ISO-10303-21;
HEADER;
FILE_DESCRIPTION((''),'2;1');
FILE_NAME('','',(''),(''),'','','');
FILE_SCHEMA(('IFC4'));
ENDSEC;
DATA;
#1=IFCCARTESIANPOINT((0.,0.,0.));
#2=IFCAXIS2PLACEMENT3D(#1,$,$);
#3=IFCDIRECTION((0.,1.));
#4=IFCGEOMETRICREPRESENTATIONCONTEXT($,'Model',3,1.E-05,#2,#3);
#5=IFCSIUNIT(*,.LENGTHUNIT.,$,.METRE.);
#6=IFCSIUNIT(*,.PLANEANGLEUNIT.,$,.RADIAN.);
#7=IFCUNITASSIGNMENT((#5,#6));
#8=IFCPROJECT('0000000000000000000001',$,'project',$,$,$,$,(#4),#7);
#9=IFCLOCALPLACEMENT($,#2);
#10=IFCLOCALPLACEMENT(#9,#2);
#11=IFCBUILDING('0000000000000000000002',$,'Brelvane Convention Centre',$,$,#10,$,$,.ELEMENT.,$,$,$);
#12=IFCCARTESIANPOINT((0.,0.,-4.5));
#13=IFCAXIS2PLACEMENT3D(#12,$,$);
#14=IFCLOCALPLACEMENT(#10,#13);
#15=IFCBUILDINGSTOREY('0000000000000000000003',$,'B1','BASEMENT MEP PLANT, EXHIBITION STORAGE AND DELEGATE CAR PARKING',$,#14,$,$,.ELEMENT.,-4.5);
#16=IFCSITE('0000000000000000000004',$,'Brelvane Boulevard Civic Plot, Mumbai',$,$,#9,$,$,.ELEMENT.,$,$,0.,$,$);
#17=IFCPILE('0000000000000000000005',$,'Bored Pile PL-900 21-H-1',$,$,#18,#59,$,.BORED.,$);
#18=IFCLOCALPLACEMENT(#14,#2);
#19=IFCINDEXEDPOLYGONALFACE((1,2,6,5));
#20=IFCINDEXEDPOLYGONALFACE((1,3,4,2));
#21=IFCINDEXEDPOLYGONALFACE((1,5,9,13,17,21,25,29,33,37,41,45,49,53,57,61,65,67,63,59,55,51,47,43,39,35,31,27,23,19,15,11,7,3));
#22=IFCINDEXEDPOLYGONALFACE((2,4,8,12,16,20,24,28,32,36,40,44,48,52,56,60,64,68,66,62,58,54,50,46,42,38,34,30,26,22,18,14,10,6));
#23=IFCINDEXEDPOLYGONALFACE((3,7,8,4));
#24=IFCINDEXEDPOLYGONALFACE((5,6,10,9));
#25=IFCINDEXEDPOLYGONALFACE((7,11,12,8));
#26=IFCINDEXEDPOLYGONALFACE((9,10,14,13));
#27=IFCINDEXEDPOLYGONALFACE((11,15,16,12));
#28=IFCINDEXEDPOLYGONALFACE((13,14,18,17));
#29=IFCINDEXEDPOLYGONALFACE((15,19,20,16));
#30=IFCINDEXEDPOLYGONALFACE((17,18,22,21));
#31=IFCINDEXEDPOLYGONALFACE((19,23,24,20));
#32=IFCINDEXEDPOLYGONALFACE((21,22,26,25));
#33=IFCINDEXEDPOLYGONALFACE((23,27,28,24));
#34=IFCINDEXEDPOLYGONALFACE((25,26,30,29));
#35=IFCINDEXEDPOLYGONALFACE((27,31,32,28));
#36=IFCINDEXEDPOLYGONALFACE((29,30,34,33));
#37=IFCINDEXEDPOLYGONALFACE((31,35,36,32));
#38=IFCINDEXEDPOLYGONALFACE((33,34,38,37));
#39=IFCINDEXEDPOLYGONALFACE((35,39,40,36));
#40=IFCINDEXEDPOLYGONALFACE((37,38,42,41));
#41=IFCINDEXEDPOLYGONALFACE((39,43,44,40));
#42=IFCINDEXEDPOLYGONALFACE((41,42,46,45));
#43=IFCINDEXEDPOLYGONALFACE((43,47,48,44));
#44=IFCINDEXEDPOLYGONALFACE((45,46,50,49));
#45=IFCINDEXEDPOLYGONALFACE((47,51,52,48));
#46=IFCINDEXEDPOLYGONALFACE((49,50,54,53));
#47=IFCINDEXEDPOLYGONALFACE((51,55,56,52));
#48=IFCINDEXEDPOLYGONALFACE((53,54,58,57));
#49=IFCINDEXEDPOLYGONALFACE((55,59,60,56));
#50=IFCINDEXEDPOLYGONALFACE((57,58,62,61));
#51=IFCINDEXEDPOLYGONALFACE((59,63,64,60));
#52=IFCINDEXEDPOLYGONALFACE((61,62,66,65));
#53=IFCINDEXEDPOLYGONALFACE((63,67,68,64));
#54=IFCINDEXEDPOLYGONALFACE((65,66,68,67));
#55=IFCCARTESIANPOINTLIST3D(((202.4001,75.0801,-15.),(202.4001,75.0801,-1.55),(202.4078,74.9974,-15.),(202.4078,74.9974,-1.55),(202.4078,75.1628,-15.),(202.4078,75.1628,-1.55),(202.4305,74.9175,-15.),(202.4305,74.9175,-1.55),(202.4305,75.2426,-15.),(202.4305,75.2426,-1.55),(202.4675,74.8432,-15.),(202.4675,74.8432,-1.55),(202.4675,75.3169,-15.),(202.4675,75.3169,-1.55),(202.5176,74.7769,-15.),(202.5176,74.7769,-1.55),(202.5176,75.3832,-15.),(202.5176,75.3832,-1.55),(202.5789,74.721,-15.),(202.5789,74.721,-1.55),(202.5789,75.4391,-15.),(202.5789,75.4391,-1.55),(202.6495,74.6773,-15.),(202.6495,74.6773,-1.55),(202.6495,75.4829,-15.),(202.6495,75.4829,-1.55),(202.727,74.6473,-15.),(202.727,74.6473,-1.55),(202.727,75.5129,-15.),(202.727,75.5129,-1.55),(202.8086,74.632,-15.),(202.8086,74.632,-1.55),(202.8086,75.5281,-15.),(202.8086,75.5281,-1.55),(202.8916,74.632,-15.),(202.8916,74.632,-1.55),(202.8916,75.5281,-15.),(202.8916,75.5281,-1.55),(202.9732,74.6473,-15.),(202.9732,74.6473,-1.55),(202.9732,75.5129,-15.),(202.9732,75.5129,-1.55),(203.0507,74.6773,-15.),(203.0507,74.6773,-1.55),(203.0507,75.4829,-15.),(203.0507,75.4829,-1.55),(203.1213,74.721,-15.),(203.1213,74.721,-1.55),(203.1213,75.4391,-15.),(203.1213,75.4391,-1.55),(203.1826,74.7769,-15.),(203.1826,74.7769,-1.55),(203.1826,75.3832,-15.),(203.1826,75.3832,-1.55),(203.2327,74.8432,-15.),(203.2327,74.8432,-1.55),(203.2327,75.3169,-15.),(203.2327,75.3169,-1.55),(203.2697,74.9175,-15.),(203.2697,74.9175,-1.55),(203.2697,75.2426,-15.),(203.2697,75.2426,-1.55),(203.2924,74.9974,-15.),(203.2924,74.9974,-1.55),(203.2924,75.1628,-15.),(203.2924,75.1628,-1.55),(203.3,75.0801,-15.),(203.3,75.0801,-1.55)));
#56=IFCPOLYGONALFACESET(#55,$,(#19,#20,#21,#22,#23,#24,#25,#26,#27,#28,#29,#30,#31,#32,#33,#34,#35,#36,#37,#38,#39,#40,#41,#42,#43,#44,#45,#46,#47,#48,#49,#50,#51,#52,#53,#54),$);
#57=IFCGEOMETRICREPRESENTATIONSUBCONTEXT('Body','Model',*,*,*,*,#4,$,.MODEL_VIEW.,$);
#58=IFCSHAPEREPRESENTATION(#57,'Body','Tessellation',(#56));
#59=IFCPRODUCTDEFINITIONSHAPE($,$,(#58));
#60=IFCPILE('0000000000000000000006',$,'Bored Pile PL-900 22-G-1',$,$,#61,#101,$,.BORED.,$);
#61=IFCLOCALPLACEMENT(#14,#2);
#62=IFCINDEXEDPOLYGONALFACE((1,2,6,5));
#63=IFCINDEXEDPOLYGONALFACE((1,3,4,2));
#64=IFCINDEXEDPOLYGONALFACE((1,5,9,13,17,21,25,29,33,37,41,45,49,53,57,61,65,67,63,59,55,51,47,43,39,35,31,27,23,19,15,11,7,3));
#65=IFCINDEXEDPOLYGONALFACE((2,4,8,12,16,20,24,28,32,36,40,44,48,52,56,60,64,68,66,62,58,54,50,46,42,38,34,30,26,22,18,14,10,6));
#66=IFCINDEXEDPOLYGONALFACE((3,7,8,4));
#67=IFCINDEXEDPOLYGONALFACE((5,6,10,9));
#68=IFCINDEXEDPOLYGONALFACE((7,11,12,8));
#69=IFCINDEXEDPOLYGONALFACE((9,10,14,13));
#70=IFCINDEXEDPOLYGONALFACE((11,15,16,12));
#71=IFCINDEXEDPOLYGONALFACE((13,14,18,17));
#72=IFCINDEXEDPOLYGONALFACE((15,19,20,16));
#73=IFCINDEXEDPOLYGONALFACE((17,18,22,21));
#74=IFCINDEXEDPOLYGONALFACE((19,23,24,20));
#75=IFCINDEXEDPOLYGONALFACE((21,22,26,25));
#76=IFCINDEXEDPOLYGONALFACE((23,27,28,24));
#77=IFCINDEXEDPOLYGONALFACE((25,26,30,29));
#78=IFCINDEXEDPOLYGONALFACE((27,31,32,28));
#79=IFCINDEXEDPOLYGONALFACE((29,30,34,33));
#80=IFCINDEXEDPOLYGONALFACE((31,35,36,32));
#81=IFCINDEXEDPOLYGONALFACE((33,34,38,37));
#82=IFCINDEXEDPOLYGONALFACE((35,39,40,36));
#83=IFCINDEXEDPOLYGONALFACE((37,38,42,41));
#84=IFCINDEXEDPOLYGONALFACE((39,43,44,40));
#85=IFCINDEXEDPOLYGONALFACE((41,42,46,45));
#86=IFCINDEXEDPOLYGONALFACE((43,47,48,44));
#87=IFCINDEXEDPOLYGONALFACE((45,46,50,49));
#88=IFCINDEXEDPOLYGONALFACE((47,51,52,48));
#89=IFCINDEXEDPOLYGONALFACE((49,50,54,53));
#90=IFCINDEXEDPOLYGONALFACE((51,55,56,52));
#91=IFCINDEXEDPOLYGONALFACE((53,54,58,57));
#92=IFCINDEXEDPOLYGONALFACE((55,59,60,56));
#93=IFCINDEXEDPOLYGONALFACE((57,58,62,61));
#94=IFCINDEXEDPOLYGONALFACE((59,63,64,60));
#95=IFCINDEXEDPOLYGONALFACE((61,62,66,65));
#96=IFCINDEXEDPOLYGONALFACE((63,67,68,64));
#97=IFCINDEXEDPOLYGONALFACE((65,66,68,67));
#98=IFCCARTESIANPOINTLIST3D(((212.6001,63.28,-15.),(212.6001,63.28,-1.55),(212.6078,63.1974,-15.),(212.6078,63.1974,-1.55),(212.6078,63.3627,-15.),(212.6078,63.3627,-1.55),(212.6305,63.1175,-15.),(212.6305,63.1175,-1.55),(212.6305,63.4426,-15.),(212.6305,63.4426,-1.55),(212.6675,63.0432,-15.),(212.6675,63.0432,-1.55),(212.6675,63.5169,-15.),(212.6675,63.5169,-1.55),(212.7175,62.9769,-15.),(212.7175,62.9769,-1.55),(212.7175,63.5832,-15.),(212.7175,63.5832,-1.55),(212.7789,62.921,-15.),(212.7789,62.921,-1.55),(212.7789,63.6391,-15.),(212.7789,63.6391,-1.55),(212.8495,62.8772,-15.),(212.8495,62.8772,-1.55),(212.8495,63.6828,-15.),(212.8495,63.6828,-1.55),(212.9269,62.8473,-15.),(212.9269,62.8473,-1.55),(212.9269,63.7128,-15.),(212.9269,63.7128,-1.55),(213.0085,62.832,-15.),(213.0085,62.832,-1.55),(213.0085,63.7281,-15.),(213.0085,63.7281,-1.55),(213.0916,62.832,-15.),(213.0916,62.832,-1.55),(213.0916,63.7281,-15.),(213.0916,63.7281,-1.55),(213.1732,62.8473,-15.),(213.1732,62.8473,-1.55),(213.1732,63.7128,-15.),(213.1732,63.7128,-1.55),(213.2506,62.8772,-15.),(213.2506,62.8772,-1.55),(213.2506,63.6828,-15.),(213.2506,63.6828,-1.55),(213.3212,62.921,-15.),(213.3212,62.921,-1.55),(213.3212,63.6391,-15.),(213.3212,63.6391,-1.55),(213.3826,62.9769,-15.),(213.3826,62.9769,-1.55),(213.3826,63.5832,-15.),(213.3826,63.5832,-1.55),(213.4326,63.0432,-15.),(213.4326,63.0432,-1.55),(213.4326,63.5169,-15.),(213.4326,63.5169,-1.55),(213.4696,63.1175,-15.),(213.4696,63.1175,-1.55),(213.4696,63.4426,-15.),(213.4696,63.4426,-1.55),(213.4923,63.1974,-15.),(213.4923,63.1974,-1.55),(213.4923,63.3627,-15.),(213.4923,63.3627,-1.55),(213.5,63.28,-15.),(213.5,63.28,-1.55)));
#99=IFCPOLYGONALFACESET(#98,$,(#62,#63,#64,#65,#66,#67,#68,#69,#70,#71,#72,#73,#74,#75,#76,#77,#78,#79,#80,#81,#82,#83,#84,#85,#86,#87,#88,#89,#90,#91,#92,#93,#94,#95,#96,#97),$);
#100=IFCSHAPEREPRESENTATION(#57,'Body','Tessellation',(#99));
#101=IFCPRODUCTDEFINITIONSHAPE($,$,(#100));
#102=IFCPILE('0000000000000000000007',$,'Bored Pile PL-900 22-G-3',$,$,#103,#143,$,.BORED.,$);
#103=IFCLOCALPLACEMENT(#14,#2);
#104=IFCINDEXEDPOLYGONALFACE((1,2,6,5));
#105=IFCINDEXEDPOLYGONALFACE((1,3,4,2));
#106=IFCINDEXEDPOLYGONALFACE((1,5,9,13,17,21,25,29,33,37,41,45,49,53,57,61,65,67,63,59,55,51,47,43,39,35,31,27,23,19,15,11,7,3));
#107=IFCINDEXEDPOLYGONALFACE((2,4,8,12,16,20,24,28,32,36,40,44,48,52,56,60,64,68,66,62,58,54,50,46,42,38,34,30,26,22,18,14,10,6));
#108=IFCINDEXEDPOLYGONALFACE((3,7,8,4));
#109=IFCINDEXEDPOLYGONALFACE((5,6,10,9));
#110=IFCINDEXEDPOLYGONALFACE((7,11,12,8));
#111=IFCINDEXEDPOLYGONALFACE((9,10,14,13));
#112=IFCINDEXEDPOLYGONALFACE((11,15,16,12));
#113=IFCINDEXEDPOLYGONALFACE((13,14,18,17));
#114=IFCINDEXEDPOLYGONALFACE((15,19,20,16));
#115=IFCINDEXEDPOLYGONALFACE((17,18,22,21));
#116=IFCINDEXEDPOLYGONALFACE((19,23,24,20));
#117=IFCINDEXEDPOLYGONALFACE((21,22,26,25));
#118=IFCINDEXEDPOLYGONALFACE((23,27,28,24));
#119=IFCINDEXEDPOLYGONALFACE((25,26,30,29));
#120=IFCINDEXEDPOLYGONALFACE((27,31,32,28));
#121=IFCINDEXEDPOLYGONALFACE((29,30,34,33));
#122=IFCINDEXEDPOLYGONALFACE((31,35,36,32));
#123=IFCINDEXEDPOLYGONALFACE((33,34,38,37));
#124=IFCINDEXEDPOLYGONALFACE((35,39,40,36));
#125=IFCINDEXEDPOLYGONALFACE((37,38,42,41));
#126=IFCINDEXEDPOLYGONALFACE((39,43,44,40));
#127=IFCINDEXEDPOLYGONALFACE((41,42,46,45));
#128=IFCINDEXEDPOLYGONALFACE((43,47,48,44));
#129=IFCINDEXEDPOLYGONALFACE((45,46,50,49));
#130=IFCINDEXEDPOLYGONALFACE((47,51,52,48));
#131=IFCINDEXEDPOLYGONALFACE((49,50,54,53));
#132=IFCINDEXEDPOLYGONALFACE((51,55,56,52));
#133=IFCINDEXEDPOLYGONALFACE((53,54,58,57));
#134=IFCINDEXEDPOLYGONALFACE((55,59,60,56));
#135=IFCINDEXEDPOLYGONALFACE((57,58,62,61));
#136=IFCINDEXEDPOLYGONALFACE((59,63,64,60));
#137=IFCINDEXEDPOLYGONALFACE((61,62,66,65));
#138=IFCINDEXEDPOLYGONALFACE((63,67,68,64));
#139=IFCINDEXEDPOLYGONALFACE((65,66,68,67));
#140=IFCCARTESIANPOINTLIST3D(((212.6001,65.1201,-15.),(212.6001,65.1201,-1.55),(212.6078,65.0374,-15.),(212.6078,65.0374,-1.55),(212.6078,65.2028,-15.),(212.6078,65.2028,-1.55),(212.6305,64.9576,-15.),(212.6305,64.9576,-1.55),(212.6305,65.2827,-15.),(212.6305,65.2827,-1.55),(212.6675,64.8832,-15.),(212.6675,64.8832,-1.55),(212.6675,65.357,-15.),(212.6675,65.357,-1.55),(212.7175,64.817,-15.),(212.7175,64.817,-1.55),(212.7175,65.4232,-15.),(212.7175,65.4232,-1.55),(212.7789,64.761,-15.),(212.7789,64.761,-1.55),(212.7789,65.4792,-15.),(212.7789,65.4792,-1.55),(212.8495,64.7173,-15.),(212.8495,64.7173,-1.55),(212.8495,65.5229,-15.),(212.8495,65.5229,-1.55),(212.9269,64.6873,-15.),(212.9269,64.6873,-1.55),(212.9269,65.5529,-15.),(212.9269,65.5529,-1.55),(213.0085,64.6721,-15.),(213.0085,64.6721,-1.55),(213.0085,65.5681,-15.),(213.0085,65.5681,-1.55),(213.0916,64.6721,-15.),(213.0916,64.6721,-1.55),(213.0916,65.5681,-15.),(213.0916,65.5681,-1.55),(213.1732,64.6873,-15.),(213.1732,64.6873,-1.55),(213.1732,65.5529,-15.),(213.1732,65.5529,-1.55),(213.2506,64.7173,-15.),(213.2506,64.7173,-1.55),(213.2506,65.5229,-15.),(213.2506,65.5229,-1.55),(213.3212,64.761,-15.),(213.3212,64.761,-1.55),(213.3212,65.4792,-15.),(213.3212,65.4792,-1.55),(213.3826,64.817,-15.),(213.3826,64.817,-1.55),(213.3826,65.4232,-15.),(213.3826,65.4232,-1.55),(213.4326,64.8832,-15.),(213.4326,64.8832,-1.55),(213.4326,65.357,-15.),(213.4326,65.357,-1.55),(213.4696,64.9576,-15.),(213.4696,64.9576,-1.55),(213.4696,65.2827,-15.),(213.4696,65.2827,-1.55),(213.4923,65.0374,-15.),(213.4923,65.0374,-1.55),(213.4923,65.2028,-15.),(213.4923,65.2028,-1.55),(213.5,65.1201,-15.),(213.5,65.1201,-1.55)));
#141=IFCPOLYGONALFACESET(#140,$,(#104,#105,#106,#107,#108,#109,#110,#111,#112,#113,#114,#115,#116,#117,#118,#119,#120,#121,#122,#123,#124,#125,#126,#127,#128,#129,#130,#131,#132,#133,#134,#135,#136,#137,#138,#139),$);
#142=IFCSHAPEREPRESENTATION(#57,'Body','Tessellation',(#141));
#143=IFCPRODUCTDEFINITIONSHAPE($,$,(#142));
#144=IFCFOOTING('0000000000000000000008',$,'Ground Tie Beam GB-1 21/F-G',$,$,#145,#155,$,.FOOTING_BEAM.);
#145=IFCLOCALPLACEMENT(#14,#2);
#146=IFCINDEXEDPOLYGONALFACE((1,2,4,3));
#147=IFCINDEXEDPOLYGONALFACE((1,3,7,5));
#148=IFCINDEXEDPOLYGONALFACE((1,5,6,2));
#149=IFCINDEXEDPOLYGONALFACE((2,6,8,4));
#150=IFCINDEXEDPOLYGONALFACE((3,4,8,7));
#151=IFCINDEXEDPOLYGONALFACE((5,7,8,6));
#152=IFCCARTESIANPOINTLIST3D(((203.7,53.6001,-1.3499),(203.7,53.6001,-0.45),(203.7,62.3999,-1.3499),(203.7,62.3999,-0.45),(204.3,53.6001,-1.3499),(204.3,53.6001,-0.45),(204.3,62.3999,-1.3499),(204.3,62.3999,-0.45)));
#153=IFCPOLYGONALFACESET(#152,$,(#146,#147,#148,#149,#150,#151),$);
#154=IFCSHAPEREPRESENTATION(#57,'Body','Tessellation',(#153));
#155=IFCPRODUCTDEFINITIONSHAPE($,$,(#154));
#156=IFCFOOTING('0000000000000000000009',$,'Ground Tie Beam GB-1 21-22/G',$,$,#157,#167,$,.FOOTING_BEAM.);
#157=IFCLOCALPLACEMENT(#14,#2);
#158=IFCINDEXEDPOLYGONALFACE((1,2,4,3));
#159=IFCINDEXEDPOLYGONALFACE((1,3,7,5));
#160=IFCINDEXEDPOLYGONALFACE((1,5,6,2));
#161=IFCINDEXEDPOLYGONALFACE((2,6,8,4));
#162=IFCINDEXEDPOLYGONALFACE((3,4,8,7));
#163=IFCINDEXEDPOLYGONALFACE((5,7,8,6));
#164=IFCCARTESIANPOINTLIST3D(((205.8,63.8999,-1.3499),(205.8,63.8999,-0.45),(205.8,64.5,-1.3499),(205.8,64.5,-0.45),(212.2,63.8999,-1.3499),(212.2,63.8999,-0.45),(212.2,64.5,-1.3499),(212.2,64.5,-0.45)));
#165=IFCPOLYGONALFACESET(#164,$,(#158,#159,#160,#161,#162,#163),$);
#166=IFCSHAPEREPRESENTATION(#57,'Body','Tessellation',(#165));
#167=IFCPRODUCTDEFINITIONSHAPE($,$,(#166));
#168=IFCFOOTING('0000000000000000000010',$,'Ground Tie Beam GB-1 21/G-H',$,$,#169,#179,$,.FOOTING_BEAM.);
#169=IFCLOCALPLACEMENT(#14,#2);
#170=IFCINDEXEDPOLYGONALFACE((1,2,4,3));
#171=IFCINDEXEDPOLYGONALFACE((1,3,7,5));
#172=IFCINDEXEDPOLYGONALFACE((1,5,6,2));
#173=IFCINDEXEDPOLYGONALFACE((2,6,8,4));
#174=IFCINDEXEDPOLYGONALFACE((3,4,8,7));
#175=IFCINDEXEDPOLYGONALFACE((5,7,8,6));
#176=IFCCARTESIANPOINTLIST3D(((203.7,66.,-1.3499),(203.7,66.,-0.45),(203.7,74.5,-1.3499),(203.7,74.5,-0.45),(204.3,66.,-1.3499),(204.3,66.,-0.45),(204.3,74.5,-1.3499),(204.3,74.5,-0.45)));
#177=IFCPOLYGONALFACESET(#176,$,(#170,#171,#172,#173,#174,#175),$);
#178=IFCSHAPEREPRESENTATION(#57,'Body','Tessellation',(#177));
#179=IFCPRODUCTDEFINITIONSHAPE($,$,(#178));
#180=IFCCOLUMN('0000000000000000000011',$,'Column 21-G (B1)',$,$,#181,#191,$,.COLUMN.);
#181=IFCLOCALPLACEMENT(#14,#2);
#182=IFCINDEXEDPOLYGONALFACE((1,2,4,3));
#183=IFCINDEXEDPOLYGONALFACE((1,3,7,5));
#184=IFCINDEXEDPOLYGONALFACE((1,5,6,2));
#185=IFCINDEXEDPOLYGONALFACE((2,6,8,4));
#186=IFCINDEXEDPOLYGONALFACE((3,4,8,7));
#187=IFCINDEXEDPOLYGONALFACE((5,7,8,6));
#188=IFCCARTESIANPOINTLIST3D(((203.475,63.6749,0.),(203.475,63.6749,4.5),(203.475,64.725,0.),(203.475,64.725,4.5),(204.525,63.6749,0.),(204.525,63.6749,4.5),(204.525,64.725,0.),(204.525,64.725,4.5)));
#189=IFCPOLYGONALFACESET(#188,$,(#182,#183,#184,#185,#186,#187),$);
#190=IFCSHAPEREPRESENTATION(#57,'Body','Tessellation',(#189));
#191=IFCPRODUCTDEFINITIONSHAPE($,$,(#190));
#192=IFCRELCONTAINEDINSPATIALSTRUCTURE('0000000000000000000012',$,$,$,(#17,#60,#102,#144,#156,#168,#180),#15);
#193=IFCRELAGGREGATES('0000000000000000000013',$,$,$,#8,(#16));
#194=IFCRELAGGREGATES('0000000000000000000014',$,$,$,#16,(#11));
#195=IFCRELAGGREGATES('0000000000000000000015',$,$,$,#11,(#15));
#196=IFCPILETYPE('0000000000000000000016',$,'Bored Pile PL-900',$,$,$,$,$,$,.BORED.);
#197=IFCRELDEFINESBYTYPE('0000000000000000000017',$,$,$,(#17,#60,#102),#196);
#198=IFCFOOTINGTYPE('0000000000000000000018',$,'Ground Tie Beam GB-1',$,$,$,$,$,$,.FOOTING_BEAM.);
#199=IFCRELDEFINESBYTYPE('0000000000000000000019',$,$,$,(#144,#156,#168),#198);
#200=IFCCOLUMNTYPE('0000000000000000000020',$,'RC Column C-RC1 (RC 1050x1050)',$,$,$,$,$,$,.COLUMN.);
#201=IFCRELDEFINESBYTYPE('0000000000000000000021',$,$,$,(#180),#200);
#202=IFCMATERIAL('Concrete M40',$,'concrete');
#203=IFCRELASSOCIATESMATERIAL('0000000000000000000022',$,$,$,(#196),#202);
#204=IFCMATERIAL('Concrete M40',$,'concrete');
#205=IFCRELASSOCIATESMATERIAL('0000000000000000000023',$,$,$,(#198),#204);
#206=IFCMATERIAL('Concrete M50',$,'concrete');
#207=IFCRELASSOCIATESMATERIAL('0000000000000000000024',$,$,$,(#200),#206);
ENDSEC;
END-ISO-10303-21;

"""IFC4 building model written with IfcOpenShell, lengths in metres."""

from ifc_helpers import new_model, si_unit, direction, frame, origin, origin_2d, place, context, subcontext, project, spatial, rectangle, circle, extrude, material, material_profile, profile_set, type_object, element, save


model = new_model("IFC4")

# Units and contexts
model_context = context("Model", 3, precision=1e-05, world=origin(), true_north=direction((0.0, 1.0)))
body_context = subcontext(model_context, "Body", "Model", "MODEL_VIEW")
ifc_project = project(units=[si_unit("LENGTHUNIT", "METRE"), si_unit("PLANEANGLEUNIT", "RADIAN")], contexts=[model_context])

# Site, building, storey
site_placement = place(None, origin())
site = spatial("IfcSite", under=ifc_project, at=site_placement, Name="Brelvane Boulevard Civic Plot, Mumbai", CompositionType="ELEMENT", RefElevation=0.0)
building_placement = place(site_placement, origin())
building = spatial("IfcBuilding", under=site, at=building_placement, Name="Brelvane Convention Centre", CompositionType="ELEMENT")
storey_placement = place(building_placement, frame((0.0, 0.0, -4.5)))
storey = spatial("IfcBuildingStorey", under=building, at=storey_placement, Name="B1", Description="BASEMENT MEP PLANT, EXHIBITION STORAGE AND DELEGATE CAR PARKING", CompositionType="ELEMENT", Elevation=-4.5)

# Piles
ifc_material_1 = material(Name="Concrete M40", Category="concrete")
ifc_material_profile_1 = material_profile(ifc_material_1, circle(Radius=0.45, at=origin_2d()), Name="PILE D900")
ifc_profile_set_1 = profile_set([ifc_material_profile_1], Name="Concrete M40")
pile_type = type_object("IfcPileType", Name="Bored Pile PL-900", PredefinedType="BORED", material=ifc_profile_set_1)
for number, where, z_axis, x_axis, name in (
    (1, (202.8501, 75.0801, -1.55), (0.0, 0.0, -1.0), (1.0, 0.0, 0.0), "Bored Pile PL-900 21-H-1"),
    (2, (213.05, 63.28, -1.55), (0.0, 0.0, -1.0), (1.0, 0.0, 0.0), "Bored Pile PL-900 22-G-1"),
    (3, (213.05, 65.1201, -1.55), (0.0, 0.0, -1.0), (1.0, 0.0, 0.0), "Bored Pile PL-900 22-G-3"),
):
    element("IfcPile", number, at=place(storey_placement, frame(where, z_axis=z_axis, x_axis=x_axis)), inside=storey, type_object=pile_type, Name=name, PredefinedType="BORED", context=body_context, shape_type="SweptSolid", body=[
        extrude(circle(Radius=0.45, at=origin_2d()), origin(), (0.0, 0.0, 1.0), 13.45),
    ])

# Footings
ifc_material_2 = material(Name="Concrete M40", Category="concrete")
ifc_material_profile_2 = material_profile(ifc_material_2, rectangle(XDim=0.6001, YDim=0.8999, at=origin_2d()), Name="RC 600x900")
ifc_profile_set_2 = profile_set([ifc_material_profile_2], Name="Concrete M40")
footing_type = type_object("IfcFootingType", Name="Ground Tie Beam GB-1", PredefinedType="FOOTING_BEAM", material=ifc_profile_set_2)
footing_1_placement = place(storey_placement, frame((204.0, 53.6001, -0.8999), z_axis=(0.0, 1.0, 0.0), x_axis=(-1.0, 0.0, 0.0)))
element("IfcFooting", 4, at=footing_1_placement, inside=storey, type_object=footing_type, Name="Ground Tie Beam GB-1 21/F-G", PredefinedType="FOOTING_BEAM", context=body_context, shape_type="SweptSolid", body=[
    extrude(rectangle(XDim=0.6001, YDim=0.8999, at=origin_2d()), origin(), (0.0, 0.0, 1.0), 8.7998),
])
footing_2_placement = place(storey_placement, frame((205.8, 64.2, -0.8999), z_axis=(1.0, 0.0, 0.0), x_axis=(0.0, 1.0, 0.0)))
element("IfcFooting", 5, at=footing_2_placement, inside=storey, type_object=footing_type, Name="Ground Tie Beam GB-1 21-22/G", PredefinedType="FOOTING_BEAM", context=body_context, shape_type="SweptSolid", body=[
    extrude(rectangle(XDim=0.6001, YDim=0.8999, at=origin_2d()), origin(), (0.0, 0.0, 1.0), 6.3999),
])
footing_3_placement = place(storey_placement, frame((204.0, 66.0, -0.8999), z_axis=(0.0, 1.0, 0.0), x_axis=(-1.0, 0.0, 0.0)))
element("IfcFooting", 6, at=footing_3_placement, inside=storey, type_object=footing_type, Name="Ground Tie Beam GB-1 21/G-H", PredefinedType="FOOTING_BEAM", context=body_context, shape_type="SweptSolid", body=[
    extrude(rectangle(XDim=0.6001, YDim=0.8999, at=origin_2d()), origin(), (0.0, 0.0, 1.0), 8.5),
])

# Column
ifc_material_3 = material(Name="Concrete M50", Category="concrete")
ifc_material_profile_3 = material_profile(ifc_material_3, rectangle(XDim=1.05, YDim=1.05, at=origin_2d()), Name="RC 1050x1050")
ifc_profile_set_3 = profile_set([ifc_material_profile_3], Name="Concrete M50")
column_type_1 = type_object("IfcColumnType", Name="RC Column C-RC1 (RC 1050x1050)", PredefinedType="COLUMN", material=ifc_profile_set_3)
column_placement = place(storey_placement, frame((204.0, 64.2, 0.0), z_axis=(0.0, 0.0, 1.0), x_axis=(1.0, 0.0, 0.0)))
element("IfcColumn", 7, at=column_placement, inside=storey, type_object=column_type_1, Name="Column 21-G (B1)", PredefinedType="COLUMN", context=body_context, shape_type="SweptSolid", body=[
    extrude(rectangle(XDim=1.05, YDim=1.05, at=origin_2d()), origin(), (0.0, 0.0, 1.0), 4.5),
])

save(model, "model.ifc")
